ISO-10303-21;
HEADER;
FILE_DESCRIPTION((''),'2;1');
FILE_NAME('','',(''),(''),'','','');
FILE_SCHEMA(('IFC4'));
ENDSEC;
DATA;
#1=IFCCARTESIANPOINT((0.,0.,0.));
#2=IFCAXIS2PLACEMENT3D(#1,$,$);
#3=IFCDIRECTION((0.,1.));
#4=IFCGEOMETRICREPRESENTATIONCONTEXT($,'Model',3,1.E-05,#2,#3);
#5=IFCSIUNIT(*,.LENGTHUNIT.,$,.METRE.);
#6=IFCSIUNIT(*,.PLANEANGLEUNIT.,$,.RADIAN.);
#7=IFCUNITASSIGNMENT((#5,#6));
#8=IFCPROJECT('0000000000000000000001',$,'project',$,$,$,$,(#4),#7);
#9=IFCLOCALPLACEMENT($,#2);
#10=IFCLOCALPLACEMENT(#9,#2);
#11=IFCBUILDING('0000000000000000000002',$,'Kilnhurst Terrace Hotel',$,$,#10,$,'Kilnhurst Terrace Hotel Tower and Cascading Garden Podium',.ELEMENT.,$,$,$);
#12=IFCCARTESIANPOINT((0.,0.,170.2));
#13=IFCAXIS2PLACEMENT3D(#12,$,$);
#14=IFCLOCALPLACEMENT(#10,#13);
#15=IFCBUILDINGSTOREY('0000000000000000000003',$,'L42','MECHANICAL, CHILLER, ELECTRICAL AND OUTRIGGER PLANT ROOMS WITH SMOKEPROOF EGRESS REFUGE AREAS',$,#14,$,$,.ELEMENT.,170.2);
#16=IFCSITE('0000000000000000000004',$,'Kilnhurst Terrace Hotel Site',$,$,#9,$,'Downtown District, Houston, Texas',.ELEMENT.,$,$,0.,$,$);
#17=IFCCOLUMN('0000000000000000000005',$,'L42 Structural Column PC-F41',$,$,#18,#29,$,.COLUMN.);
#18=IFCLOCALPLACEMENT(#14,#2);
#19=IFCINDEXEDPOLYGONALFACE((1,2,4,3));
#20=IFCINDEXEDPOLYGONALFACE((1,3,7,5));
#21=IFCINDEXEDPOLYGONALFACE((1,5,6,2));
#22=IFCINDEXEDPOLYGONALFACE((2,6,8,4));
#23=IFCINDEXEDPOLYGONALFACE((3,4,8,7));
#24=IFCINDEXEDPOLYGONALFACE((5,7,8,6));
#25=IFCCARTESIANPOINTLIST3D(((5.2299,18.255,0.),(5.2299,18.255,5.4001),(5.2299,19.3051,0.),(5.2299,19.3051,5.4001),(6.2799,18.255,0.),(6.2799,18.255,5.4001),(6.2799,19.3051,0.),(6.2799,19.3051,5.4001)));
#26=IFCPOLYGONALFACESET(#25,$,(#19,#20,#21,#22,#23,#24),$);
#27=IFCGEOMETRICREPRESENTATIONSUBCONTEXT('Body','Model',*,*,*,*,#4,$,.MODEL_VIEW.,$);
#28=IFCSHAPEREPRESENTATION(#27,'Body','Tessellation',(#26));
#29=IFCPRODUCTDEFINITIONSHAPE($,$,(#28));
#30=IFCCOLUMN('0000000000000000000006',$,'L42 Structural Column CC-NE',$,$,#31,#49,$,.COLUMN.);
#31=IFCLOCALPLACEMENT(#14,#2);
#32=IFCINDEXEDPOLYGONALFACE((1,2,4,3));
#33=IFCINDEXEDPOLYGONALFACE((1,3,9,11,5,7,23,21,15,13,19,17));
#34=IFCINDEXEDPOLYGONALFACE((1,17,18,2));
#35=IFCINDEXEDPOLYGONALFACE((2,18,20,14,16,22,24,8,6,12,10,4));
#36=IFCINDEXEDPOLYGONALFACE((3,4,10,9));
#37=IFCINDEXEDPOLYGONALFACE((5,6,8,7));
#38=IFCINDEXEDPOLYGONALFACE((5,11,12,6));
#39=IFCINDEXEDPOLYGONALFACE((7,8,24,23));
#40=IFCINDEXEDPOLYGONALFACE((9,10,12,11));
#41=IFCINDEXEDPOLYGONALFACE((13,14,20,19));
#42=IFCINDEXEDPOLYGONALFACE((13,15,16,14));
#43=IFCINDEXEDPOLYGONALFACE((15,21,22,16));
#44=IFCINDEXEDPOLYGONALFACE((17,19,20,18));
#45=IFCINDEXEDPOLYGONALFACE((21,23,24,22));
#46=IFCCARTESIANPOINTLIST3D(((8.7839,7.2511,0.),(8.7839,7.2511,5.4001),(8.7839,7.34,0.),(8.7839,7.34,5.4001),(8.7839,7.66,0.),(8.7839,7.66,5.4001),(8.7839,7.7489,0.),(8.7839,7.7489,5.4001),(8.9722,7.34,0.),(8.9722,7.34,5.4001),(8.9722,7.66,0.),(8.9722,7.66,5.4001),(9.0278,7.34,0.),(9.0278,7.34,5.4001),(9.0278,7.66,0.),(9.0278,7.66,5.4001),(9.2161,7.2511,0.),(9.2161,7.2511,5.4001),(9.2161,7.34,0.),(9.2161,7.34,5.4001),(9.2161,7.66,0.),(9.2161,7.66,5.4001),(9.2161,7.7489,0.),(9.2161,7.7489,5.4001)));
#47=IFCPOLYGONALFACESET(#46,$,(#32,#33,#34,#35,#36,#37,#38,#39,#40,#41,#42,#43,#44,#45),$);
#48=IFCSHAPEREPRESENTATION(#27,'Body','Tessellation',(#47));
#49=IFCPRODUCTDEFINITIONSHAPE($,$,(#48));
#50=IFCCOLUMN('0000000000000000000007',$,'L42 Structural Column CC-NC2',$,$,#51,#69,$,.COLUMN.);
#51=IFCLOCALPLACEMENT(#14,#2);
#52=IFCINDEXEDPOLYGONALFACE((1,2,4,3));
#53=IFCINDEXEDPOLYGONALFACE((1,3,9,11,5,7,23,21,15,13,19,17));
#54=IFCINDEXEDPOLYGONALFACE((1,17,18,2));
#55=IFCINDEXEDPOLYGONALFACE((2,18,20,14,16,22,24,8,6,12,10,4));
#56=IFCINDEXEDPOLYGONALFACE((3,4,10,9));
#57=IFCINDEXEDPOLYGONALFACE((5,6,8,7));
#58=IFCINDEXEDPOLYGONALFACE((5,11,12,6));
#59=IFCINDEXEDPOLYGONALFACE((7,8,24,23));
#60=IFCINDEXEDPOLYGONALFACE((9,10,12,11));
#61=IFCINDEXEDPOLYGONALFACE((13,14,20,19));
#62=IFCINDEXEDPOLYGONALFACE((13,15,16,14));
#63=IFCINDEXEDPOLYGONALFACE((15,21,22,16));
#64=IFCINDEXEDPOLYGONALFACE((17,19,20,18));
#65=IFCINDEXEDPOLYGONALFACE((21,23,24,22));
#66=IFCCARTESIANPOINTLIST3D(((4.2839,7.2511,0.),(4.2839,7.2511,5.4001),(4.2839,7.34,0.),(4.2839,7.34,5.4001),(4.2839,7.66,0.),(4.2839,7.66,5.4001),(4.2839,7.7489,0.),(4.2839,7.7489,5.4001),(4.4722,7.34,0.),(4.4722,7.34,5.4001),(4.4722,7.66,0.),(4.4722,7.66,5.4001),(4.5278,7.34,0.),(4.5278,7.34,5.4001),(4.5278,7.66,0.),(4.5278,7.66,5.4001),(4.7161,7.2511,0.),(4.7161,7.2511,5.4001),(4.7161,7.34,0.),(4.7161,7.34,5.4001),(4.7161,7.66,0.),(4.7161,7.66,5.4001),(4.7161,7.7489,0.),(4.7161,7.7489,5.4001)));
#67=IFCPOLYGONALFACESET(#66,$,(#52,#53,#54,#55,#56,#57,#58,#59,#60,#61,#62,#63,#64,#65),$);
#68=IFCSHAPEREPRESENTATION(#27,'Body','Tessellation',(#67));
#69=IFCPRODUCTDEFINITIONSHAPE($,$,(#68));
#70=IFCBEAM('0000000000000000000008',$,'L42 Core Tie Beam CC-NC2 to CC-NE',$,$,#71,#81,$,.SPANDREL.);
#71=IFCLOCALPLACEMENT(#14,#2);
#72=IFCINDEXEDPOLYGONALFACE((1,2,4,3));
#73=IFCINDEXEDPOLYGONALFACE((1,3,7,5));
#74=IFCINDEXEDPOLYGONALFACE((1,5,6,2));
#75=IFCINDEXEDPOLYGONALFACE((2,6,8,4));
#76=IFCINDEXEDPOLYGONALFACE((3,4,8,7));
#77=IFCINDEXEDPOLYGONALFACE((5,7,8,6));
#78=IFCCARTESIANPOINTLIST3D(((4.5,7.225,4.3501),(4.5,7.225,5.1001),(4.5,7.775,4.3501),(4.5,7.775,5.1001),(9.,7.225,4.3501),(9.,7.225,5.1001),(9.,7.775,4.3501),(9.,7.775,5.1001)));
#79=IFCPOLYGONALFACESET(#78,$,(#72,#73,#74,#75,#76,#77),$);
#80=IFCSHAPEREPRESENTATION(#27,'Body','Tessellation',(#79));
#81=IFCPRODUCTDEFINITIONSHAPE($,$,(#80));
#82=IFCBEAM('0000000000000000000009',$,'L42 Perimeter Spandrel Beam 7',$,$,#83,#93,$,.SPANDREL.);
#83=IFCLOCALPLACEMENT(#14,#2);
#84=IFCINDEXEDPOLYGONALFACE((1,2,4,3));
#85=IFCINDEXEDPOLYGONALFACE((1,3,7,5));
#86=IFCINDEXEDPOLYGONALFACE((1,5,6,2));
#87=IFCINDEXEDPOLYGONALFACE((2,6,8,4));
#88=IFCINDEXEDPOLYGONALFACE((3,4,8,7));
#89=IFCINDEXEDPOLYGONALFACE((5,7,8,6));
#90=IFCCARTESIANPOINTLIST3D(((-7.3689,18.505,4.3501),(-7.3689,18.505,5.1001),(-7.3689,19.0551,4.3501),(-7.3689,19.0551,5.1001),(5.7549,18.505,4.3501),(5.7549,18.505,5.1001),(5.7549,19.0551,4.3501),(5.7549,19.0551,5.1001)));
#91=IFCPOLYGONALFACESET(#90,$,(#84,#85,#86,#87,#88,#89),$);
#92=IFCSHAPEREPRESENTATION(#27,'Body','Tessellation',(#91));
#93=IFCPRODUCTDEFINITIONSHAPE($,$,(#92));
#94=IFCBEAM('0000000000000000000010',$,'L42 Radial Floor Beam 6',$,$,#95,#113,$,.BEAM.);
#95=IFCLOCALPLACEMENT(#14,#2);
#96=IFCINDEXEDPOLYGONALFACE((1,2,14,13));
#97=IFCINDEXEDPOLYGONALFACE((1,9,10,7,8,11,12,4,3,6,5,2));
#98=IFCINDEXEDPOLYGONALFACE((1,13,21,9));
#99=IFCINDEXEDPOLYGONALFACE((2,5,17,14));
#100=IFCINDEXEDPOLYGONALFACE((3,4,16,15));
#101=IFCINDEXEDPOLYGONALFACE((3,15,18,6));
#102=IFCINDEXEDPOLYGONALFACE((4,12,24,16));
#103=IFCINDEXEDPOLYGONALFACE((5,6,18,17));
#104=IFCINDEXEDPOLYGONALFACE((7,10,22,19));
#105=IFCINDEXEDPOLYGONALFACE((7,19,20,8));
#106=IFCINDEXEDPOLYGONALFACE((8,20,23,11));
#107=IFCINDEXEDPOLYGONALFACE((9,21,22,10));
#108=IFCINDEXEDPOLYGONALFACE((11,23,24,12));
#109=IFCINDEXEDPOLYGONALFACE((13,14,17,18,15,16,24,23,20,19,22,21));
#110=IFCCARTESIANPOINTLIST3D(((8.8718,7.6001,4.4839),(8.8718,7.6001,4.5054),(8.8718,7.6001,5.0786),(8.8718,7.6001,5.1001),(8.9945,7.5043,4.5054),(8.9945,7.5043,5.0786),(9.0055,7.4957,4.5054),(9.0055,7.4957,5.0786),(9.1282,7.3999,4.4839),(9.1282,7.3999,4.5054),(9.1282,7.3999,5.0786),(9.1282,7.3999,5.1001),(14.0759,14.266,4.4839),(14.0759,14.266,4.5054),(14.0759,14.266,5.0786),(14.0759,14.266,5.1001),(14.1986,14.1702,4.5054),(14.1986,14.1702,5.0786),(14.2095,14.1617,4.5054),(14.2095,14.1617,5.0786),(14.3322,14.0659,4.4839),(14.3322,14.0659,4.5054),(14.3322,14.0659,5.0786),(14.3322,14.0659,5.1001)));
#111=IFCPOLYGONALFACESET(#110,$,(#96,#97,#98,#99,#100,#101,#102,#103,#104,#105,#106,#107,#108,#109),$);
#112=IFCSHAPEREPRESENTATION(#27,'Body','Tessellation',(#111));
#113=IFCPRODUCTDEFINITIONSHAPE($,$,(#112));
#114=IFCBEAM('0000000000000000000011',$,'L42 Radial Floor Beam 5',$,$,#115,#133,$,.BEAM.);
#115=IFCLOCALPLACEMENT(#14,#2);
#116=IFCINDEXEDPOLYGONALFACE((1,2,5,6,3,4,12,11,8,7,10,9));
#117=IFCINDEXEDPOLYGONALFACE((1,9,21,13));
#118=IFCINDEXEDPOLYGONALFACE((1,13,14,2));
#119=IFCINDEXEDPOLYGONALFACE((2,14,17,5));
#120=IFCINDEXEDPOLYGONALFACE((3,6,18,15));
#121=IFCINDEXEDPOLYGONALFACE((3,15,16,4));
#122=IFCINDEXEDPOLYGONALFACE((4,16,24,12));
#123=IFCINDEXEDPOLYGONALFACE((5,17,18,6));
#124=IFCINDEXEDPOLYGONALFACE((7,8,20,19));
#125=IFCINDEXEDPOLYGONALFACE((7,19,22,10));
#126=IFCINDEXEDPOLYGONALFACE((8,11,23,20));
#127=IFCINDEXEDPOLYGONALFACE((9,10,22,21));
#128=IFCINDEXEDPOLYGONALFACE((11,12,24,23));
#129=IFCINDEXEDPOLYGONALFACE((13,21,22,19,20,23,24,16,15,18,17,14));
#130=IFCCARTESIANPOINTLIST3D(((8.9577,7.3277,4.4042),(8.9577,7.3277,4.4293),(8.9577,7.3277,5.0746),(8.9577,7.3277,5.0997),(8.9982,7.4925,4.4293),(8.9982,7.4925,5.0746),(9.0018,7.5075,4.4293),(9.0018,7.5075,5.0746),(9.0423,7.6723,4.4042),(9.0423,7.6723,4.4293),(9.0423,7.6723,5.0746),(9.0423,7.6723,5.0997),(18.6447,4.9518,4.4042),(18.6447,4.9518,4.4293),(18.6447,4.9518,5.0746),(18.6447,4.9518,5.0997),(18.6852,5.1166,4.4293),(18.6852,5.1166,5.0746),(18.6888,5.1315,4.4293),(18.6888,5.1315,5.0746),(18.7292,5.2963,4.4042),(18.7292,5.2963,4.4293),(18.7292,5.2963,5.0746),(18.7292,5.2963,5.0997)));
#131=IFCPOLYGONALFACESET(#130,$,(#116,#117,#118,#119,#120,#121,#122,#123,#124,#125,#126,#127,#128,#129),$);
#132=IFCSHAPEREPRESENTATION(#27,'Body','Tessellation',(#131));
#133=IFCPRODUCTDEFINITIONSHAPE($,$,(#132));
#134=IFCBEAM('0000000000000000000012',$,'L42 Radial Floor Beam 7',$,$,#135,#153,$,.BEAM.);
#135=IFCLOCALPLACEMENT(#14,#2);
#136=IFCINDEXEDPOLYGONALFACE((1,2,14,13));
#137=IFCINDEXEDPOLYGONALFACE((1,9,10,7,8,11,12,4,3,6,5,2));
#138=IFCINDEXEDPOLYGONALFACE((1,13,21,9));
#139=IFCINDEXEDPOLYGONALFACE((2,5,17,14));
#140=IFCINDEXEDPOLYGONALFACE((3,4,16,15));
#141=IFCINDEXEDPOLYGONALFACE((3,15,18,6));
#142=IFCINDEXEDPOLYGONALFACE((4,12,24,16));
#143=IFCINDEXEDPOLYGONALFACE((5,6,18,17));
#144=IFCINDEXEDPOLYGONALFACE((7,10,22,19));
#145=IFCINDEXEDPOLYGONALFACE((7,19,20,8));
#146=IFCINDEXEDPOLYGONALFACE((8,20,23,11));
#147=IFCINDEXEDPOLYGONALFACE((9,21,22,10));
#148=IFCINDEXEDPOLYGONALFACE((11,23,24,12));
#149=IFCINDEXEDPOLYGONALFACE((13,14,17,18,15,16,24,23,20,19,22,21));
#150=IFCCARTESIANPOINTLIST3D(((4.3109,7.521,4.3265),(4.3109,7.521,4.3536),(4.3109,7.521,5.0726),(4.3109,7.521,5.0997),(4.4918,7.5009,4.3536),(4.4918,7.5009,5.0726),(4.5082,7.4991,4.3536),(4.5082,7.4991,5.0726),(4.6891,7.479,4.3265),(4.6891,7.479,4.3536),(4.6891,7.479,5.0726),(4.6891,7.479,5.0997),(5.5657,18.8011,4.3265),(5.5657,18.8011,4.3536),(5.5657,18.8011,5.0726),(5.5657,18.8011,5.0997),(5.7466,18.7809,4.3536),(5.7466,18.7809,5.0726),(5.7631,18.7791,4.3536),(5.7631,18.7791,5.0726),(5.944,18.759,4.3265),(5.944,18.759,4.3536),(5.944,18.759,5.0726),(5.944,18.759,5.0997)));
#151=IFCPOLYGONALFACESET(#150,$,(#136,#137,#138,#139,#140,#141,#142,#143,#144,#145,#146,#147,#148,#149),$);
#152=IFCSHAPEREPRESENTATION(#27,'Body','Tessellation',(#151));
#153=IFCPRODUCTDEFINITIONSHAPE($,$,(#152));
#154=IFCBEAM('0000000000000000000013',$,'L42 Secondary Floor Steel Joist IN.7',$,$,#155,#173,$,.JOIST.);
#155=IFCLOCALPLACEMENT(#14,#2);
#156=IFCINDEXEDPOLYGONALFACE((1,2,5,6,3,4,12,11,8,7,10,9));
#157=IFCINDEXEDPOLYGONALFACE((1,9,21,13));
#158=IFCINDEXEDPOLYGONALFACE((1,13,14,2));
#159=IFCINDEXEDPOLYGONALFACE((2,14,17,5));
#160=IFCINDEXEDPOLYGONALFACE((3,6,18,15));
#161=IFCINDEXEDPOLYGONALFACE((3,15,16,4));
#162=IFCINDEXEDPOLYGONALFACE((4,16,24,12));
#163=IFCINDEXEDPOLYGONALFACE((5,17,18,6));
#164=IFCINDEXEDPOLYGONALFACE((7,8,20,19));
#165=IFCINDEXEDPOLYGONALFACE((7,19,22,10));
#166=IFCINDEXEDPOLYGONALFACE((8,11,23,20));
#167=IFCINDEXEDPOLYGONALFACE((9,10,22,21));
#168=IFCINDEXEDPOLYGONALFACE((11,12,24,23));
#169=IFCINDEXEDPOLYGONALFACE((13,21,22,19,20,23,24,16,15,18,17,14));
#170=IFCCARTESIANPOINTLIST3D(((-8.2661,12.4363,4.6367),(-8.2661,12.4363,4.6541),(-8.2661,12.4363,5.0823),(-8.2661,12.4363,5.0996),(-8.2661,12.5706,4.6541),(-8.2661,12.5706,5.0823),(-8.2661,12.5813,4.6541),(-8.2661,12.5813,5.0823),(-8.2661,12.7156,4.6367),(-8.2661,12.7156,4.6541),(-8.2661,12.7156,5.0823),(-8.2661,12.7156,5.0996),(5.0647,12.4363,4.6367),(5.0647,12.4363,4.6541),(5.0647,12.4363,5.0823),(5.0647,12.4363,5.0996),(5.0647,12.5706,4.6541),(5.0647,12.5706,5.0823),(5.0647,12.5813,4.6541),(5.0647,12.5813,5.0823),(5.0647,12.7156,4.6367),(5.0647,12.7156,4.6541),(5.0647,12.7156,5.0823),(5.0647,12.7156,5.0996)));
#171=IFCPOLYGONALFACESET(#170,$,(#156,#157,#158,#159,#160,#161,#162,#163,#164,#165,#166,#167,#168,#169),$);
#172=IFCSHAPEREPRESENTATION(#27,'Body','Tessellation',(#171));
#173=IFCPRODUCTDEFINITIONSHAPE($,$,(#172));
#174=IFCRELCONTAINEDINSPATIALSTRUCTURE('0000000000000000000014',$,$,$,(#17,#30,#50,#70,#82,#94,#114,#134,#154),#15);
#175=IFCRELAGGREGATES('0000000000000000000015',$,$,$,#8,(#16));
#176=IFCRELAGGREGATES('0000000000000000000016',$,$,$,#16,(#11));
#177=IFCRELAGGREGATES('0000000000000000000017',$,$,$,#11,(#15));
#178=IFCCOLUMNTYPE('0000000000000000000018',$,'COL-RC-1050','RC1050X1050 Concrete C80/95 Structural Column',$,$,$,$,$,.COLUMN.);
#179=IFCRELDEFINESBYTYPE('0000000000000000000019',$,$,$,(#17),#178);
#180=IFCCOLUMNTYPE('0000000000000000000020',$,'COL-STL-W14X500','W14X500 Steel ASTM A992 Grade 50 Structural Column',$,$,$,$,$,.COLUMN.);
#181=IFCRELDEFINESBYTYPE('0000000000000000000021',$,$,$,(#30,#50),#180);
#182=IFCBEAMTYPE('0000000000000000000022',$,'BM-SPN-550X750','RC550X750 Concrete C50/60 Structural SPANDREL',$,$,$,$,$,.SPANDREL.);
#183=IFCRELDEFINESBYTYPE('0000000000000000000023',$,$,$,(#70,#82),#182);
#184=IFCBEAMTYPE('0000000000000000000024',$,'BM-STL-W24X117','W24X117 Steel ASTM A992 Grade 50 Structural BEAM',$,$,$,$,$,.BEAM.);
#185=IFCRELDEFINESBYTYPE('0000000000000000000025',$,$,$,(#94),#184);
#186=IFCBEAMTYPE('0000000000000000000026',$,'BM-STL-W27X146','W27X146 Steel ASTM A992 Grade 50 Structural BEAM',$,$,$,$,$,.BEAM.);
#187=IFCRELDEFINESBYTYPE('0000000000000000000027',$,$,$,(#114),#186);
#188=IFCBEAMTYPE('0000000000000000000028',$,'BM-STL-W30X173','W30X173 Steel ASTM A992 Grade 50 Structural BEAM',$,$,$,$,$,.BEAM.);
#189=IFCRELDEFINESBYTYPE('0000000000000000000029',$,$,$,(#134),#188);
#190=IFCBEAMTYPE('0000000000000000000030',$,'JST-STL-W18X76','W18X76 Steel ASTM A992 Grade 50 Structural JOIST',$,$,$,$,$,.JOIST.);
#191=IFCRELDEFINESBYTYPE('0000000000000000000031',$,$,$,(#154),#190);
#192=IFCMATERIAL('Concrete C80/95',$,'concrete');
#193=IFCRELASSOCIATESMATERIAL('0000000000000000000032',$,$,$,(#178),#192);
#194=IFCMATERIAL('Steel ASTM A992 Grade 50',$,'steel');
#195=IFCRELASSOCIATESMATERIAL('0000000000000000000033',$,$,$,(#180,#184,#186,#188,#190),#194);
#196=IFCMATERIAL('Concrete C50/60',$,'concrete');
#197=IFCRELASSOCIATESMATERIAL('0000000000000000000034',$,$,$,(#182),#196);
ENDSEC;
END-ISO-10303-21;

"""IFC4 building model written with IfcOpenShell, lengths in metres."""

from ifc_helpers import new_model, si_unit, direction, frame, origin, origin_2d, place, context, subcontext, project, spatial, rectangle, i_section, extrude, material, material_profile, profile_set, type_object, element, save


model = new_model("IFC4")

# Units and contexts
model_context = context("Model", 3, precision=1e-05, world=origin(), true_north=direction((0.0, 1.0)))
body_context = subcontext(model_context, "Body", "Model", "MODEL_VIEW")
ifc_project = project(units=[si_unit("LENGTHUNIT", "METRE"), si_unit("PLANEANGLEUNIT", "RADIAN")], contexts=[model_context])

# Site, building, storey
site_placement = place(None, origin())
site = spatial("IfcSite", under=ifc_project, at=site_placement, Name="Kilnhurst Terrace Hotel Site", LongName="Downtown District, Houston, Texas", CompositionType="ELEMENT", RefElevation=0.0)
building_placement = place(site_placement, origin())
building = spatial("IfcBuilding", under=site, at=building_placement, Name="Kilnhurst Terrace Hotel", LongName="Kilnhurst Terrace Hotel Tower and Cascading Garden Podium", CompositionType="ELEMENT")
storey_placement = place(building_placement, frame((0.0, 0.0, 170.2)))
storey = spatial("IfcBuildingStorey", under=building, at=storey_placement, Name="L42", Description="MECHANICAL, CHILLER, ELECTRICAL AND OUTRIGGER PLANT ROOMS WITH SMOKEPROOF EGRESS REFUGE AREAS", CompositionType="ELEMENT", Elevation=170.2)

# Columns
ifc_material_1 = material(Name="Concrete C80/95", Category="concrete")
ifc_material_profile_1 = material_profile(ifc_material_1, rectangle(XDim=1.05, YDim=1.05, at=origin_2d()), Name="RC1050X1050")
ifc_profile_set_1 = profile_set([ifc_material_profile_1], Name="Concrete C80/95")
column_type_1 = type_object("IfcColumnType", Name="COL-RC-1050", Description="RC1050X1050 Concrete C80/95 Structural Column", PredefinedType="COLUMN", material=ifc_profile_set_1)
column_placement = place(storey_placement, frame((5.7549, 18.78, 0.0), z_axis=(0.0, 0.0, 1.0), x_axis=(1.0, 0.0, 0.0)))
element("IfcColumn", 1, at=column_placement, inside=storey, type_object=column_type_1, Name="L42 Structural Column PC-F41", PredefinedType="COLUMN", context=body_context, shape_type="SweptSolid", body=[
    extrude(rectangle(XDim=1.05, YDim=1.05, at=origin_2d()), origin(), (0.0, 0.0, 1.0), 5.4001),
])
ifc_material_2 = material(Name="Steel ASTM A992 Grade 50", Category="steel")
ifc_material_profile_2 = material_profile(ifc_material_2, i_section(OverallWidth=0.4321, OverallDepth=0.4978, WebThickness=0.0557, FlangeThickness=0.0889, at=origin_2d()), Name="W14X500")
ifc_profile_set_2 = profile_set([ifc_material_profile_2], Name="Steel ASTM A992 Grade 50")
column_type_2 = type_object("IfcColumnType", Name="COL-STL-W14X500", Description="W14X500 Steel ASTM A992 Grade 50 Structural Column", PredefinedType="COLUMN", material=ifc_profile_set_2)
for number, where, z_axis, x_axis, name in (
    (2, (9.0, 7.5, 0.0), (0.0, 0.0, 1.0), (1.0, 0.0, 0.0), "L42 Structural Column CC-NE"),
    (3, (4.5, 7.5, 0.0), (0.0, 0.0, 1.0), (1.0, 0.0, 0.0), "L42 Structural Column CC-NC2"),
):
    element("IfcColumn", number, at=place(storey_placement, frame(where, z_axis=z_axis, x_axis=x_axis)), inside=storey, type_object=column_type_2, Name=name, PredefinedType="COLUMN", context=body_context, shape_type="SweptSolid", body=[
        extrude(i_section(OverallWidth=0.4321, OverallDepth=0.4978, WebThickness=0.0557, FlangeThickness=0.0889, at=origin_2d()), origin(), (0.0, 0.0, 1.0), 5.4001),
    ])

# Beams
ifc_material_3 = material(Name="Concrete C50/60", Category="concrete")
ifc_material_profile_3 = material_profile(ifc_material_3, rectangle(XDim=0.55, YDim=0.75, at=origin_2d()), Name="RC550X750")
ifc_profile_set_3 = profile_set([ifc_material_profile_3], Name="Concrete C50/60")
beam_type_1 = type_object("IfcBeamType", Name="BM-SPN-550X750", Description="RC550X750 Concrete C50/60 Structural SPANDREL", PredefinedType="SPANDREL", material=ifc_profile_set_3)
beam_1_placement = place(storey_placement, frame((4.5, 7.5, 4.7251), z_axis=(1.0, 0.0, 0.0), x_axis=(0.0, 1.0, 0.0)))
element("IfcBeam", 4, at=beam_1_placement, inside=storey, type_object=beam_type_1, Name="L42 Core Tie Beam CC-NC2 to CC-NE", PredefinedType="SPANDREL", context=body_context, shape_type="SweptSolid", body=[
    extrude(rectangle(XDim=0.55, YDim=0.75, at=origin_2d()), origin(), (0.0, 0.0, 1.0), 4.5),
])
beam_2_placement = place(storey_placement, frame((5.7549, 18.78, 4.7251), z_axis=(-1.0, 0.0, 0.0), x_axis=(0.0, -1.0, 0.0)))
element("IfcBeam", 5, at=beam_2_placement, inside=storey, type_object=beam_type_1, Name="L42 Perimeter Spandrel Beam 7", PredefinedType="SPANDREL", context=body_context, shape_type="SweptSolid", body=[
    extrude(rectangle(XDim=0.55, YDim=0.75, at=origin_2d()), origin(), (0.0, 0.0, 1.0), 13.1238),
])
ifc_material_profile_4 = material_profile(ifc_material_2, i_section(OverallWidth=0.3252, OverallDepth=0.6162, WebThickness=0.0139, FlangeThickness=0.0215, at=origin_2d()), Name="W24X117")
ifc_profile_set_4 = profile_set([ifc_material_profile_4], Name="Steel ASTM A992 Grade 50")
beam_type_2 = type_object("IfcBeamType", Name="BM-STL-W24X117", Description="W24X117 Steel ASTM A992 Grade 50 Structural BEAM", PredefinedType="BEAM", material=ifc_profile_set_4)
beam_3_placement = place(storey_placement, frame((9.0, 7.5, 4.792), z_axis=(0.615371, 0.788238, 0.0), x_axis=(-0.788238, 0.615371, 0.0)))
element("IfcBeam", 6, at=beam_3_placement, inside=storey, type_object=beam_type_2, Name="L42 Radial Floor Beam 6", PredefinedType="BEAM", context=body_context, shape_type="SweptSolid", body=[
    extrude(i_section(OverallWidth=0.3252, OverallDepth=0.6162, WebThickness=0.0139, FlangeThickness=0.0215, at=origin_2d()), origin(), (0.0, 0.0, 1.0), 8.4568),
])
ifc_material_profile_5 = material_profile(ifc_material_2, i_section(OverallWidth=0.3547, OverallDepth=0.6956, WebThickness=0.0154, FlangeThickness=0.0251, at=origin_2d()), Name="W27X146")
ifc_profile_set_5 = profile_set([ifc_material_profile_5], Name="Steel ASTM A992 Grade 50")
beam_type_3 = type_object("IfcBeamType", Name="BM-STL-W27X146", Description="W27X146 Steel ASTM A992 Grade 50 Structural BEAM", PredefinedType="BEAM", material=ifc_profile_set_5)
beam_4_placement = place(storey_placement, frame((9.0, 7.5, 4.752), z_axis=(0.971213, -0.238214, 0.0), x_axis=(0.238214, 0.971213, 0.0)))
element("IfcBeam", 7, at=beam_4_placement, inside=storey, type_object=beam_type_3, Name="L42 Radial Floor Beam 5", PredefinedType="BEAM", context=body_context, shape_type="SweptSolid", body=[
    extrude(i_section(OverallWidth=0.3547, OverallDepth=0.6956, WebThickness=0.0154, FlangeThickness=0.0251, at=origin_2d()), origin(), (0.0, 0.0, 1.0), 9.9741),
])
ifc_material_profile_6 = material_profile(ifc_material_2, i_section(OverallWidth=0.3806, OverallDepth=0.7732, WebThickness=0.0166, FlangeThickness=0.0271, at=origin_2d()), Name="W30X173")
ifc_profile_set_6 = profile_set([ifc_material_profile_6], Name="Steel ASTM A992 Grade 50")
beam_type_4 = type_object("IfcBeamType", Name="BM-STL-W30X173", Description="W30X173 Steel ASTM A992 Grade 50 Structural BEAM", PredefinedType="BEAM", material=ifc_profile_set_6)
beam_5_placement = place(storey_placement, frame((4.5, 7.5, 4.7131), z_axis=(0.110566, 0.993869, 0.0), x_axis=(-0.993869, 0.110566, 0.0)))
element("IfcBeam", 8, at=beam_5_placement, inside=storey, type_object=beam_type_4, Name="L42 Radial Floor Beam 7", PredefinedType="BEAM", context=body_context, shape_type="SweptSolid", body=[
    extrude(i_section(OverallWidth=0.3806, OverallDepth=0.7732, WebThickness=0.0166, FlangeThickness=0.0271, at=origin_2d()), origin(), (0.0, 0.0, 1.0), 11.3496),
])
ifc_material_profile_7 = material_profile(ifc_material_2, i_section(OverallWidth=0.2793, OverallDepth=0.4629, WebThickness=0.0107, FlangeThickness=0.0173, at=origin_2d()), Name="W18X76")
ifc_profile_set_7 = profile_set([ifc_material_profile_7], Name="Steel ASTM A992 Grade 50")
beam_type_5 = type_object("IfcBeamType", Name="JST-STL-W18X76", Description="W18X76 Steel ASTM A992 Grade 50 Structural JOIST", PredefinedType="JOIST", material=ifc_profile_set_7)
beam_6_placement = place(storey_placement, frame((5.0647, 12.5759, 4.8682), z_axis=(-1.0, 0.0, 0.0), x_axis=(0.0, -1.0, 0.0)))
element("IfcBeam", 9, at=beam_6_placement, inside=storey, type_object=beam_type_5, Name="L42 Secondary Floor Steel Joist IN.7", PredefinedType="JOIST", context=body_context, shape_type="SweptSolid", body=[
    extrude(i_section(OverallWidth=0.2793, OverallDepth=0.4629, WebThickness=0.0107, FlangeThickness=0.0173, at=origin_2d()), origin(), (0.0, 0.0, 1.0), 13.3308),
])

save(model, "model.ifc")
